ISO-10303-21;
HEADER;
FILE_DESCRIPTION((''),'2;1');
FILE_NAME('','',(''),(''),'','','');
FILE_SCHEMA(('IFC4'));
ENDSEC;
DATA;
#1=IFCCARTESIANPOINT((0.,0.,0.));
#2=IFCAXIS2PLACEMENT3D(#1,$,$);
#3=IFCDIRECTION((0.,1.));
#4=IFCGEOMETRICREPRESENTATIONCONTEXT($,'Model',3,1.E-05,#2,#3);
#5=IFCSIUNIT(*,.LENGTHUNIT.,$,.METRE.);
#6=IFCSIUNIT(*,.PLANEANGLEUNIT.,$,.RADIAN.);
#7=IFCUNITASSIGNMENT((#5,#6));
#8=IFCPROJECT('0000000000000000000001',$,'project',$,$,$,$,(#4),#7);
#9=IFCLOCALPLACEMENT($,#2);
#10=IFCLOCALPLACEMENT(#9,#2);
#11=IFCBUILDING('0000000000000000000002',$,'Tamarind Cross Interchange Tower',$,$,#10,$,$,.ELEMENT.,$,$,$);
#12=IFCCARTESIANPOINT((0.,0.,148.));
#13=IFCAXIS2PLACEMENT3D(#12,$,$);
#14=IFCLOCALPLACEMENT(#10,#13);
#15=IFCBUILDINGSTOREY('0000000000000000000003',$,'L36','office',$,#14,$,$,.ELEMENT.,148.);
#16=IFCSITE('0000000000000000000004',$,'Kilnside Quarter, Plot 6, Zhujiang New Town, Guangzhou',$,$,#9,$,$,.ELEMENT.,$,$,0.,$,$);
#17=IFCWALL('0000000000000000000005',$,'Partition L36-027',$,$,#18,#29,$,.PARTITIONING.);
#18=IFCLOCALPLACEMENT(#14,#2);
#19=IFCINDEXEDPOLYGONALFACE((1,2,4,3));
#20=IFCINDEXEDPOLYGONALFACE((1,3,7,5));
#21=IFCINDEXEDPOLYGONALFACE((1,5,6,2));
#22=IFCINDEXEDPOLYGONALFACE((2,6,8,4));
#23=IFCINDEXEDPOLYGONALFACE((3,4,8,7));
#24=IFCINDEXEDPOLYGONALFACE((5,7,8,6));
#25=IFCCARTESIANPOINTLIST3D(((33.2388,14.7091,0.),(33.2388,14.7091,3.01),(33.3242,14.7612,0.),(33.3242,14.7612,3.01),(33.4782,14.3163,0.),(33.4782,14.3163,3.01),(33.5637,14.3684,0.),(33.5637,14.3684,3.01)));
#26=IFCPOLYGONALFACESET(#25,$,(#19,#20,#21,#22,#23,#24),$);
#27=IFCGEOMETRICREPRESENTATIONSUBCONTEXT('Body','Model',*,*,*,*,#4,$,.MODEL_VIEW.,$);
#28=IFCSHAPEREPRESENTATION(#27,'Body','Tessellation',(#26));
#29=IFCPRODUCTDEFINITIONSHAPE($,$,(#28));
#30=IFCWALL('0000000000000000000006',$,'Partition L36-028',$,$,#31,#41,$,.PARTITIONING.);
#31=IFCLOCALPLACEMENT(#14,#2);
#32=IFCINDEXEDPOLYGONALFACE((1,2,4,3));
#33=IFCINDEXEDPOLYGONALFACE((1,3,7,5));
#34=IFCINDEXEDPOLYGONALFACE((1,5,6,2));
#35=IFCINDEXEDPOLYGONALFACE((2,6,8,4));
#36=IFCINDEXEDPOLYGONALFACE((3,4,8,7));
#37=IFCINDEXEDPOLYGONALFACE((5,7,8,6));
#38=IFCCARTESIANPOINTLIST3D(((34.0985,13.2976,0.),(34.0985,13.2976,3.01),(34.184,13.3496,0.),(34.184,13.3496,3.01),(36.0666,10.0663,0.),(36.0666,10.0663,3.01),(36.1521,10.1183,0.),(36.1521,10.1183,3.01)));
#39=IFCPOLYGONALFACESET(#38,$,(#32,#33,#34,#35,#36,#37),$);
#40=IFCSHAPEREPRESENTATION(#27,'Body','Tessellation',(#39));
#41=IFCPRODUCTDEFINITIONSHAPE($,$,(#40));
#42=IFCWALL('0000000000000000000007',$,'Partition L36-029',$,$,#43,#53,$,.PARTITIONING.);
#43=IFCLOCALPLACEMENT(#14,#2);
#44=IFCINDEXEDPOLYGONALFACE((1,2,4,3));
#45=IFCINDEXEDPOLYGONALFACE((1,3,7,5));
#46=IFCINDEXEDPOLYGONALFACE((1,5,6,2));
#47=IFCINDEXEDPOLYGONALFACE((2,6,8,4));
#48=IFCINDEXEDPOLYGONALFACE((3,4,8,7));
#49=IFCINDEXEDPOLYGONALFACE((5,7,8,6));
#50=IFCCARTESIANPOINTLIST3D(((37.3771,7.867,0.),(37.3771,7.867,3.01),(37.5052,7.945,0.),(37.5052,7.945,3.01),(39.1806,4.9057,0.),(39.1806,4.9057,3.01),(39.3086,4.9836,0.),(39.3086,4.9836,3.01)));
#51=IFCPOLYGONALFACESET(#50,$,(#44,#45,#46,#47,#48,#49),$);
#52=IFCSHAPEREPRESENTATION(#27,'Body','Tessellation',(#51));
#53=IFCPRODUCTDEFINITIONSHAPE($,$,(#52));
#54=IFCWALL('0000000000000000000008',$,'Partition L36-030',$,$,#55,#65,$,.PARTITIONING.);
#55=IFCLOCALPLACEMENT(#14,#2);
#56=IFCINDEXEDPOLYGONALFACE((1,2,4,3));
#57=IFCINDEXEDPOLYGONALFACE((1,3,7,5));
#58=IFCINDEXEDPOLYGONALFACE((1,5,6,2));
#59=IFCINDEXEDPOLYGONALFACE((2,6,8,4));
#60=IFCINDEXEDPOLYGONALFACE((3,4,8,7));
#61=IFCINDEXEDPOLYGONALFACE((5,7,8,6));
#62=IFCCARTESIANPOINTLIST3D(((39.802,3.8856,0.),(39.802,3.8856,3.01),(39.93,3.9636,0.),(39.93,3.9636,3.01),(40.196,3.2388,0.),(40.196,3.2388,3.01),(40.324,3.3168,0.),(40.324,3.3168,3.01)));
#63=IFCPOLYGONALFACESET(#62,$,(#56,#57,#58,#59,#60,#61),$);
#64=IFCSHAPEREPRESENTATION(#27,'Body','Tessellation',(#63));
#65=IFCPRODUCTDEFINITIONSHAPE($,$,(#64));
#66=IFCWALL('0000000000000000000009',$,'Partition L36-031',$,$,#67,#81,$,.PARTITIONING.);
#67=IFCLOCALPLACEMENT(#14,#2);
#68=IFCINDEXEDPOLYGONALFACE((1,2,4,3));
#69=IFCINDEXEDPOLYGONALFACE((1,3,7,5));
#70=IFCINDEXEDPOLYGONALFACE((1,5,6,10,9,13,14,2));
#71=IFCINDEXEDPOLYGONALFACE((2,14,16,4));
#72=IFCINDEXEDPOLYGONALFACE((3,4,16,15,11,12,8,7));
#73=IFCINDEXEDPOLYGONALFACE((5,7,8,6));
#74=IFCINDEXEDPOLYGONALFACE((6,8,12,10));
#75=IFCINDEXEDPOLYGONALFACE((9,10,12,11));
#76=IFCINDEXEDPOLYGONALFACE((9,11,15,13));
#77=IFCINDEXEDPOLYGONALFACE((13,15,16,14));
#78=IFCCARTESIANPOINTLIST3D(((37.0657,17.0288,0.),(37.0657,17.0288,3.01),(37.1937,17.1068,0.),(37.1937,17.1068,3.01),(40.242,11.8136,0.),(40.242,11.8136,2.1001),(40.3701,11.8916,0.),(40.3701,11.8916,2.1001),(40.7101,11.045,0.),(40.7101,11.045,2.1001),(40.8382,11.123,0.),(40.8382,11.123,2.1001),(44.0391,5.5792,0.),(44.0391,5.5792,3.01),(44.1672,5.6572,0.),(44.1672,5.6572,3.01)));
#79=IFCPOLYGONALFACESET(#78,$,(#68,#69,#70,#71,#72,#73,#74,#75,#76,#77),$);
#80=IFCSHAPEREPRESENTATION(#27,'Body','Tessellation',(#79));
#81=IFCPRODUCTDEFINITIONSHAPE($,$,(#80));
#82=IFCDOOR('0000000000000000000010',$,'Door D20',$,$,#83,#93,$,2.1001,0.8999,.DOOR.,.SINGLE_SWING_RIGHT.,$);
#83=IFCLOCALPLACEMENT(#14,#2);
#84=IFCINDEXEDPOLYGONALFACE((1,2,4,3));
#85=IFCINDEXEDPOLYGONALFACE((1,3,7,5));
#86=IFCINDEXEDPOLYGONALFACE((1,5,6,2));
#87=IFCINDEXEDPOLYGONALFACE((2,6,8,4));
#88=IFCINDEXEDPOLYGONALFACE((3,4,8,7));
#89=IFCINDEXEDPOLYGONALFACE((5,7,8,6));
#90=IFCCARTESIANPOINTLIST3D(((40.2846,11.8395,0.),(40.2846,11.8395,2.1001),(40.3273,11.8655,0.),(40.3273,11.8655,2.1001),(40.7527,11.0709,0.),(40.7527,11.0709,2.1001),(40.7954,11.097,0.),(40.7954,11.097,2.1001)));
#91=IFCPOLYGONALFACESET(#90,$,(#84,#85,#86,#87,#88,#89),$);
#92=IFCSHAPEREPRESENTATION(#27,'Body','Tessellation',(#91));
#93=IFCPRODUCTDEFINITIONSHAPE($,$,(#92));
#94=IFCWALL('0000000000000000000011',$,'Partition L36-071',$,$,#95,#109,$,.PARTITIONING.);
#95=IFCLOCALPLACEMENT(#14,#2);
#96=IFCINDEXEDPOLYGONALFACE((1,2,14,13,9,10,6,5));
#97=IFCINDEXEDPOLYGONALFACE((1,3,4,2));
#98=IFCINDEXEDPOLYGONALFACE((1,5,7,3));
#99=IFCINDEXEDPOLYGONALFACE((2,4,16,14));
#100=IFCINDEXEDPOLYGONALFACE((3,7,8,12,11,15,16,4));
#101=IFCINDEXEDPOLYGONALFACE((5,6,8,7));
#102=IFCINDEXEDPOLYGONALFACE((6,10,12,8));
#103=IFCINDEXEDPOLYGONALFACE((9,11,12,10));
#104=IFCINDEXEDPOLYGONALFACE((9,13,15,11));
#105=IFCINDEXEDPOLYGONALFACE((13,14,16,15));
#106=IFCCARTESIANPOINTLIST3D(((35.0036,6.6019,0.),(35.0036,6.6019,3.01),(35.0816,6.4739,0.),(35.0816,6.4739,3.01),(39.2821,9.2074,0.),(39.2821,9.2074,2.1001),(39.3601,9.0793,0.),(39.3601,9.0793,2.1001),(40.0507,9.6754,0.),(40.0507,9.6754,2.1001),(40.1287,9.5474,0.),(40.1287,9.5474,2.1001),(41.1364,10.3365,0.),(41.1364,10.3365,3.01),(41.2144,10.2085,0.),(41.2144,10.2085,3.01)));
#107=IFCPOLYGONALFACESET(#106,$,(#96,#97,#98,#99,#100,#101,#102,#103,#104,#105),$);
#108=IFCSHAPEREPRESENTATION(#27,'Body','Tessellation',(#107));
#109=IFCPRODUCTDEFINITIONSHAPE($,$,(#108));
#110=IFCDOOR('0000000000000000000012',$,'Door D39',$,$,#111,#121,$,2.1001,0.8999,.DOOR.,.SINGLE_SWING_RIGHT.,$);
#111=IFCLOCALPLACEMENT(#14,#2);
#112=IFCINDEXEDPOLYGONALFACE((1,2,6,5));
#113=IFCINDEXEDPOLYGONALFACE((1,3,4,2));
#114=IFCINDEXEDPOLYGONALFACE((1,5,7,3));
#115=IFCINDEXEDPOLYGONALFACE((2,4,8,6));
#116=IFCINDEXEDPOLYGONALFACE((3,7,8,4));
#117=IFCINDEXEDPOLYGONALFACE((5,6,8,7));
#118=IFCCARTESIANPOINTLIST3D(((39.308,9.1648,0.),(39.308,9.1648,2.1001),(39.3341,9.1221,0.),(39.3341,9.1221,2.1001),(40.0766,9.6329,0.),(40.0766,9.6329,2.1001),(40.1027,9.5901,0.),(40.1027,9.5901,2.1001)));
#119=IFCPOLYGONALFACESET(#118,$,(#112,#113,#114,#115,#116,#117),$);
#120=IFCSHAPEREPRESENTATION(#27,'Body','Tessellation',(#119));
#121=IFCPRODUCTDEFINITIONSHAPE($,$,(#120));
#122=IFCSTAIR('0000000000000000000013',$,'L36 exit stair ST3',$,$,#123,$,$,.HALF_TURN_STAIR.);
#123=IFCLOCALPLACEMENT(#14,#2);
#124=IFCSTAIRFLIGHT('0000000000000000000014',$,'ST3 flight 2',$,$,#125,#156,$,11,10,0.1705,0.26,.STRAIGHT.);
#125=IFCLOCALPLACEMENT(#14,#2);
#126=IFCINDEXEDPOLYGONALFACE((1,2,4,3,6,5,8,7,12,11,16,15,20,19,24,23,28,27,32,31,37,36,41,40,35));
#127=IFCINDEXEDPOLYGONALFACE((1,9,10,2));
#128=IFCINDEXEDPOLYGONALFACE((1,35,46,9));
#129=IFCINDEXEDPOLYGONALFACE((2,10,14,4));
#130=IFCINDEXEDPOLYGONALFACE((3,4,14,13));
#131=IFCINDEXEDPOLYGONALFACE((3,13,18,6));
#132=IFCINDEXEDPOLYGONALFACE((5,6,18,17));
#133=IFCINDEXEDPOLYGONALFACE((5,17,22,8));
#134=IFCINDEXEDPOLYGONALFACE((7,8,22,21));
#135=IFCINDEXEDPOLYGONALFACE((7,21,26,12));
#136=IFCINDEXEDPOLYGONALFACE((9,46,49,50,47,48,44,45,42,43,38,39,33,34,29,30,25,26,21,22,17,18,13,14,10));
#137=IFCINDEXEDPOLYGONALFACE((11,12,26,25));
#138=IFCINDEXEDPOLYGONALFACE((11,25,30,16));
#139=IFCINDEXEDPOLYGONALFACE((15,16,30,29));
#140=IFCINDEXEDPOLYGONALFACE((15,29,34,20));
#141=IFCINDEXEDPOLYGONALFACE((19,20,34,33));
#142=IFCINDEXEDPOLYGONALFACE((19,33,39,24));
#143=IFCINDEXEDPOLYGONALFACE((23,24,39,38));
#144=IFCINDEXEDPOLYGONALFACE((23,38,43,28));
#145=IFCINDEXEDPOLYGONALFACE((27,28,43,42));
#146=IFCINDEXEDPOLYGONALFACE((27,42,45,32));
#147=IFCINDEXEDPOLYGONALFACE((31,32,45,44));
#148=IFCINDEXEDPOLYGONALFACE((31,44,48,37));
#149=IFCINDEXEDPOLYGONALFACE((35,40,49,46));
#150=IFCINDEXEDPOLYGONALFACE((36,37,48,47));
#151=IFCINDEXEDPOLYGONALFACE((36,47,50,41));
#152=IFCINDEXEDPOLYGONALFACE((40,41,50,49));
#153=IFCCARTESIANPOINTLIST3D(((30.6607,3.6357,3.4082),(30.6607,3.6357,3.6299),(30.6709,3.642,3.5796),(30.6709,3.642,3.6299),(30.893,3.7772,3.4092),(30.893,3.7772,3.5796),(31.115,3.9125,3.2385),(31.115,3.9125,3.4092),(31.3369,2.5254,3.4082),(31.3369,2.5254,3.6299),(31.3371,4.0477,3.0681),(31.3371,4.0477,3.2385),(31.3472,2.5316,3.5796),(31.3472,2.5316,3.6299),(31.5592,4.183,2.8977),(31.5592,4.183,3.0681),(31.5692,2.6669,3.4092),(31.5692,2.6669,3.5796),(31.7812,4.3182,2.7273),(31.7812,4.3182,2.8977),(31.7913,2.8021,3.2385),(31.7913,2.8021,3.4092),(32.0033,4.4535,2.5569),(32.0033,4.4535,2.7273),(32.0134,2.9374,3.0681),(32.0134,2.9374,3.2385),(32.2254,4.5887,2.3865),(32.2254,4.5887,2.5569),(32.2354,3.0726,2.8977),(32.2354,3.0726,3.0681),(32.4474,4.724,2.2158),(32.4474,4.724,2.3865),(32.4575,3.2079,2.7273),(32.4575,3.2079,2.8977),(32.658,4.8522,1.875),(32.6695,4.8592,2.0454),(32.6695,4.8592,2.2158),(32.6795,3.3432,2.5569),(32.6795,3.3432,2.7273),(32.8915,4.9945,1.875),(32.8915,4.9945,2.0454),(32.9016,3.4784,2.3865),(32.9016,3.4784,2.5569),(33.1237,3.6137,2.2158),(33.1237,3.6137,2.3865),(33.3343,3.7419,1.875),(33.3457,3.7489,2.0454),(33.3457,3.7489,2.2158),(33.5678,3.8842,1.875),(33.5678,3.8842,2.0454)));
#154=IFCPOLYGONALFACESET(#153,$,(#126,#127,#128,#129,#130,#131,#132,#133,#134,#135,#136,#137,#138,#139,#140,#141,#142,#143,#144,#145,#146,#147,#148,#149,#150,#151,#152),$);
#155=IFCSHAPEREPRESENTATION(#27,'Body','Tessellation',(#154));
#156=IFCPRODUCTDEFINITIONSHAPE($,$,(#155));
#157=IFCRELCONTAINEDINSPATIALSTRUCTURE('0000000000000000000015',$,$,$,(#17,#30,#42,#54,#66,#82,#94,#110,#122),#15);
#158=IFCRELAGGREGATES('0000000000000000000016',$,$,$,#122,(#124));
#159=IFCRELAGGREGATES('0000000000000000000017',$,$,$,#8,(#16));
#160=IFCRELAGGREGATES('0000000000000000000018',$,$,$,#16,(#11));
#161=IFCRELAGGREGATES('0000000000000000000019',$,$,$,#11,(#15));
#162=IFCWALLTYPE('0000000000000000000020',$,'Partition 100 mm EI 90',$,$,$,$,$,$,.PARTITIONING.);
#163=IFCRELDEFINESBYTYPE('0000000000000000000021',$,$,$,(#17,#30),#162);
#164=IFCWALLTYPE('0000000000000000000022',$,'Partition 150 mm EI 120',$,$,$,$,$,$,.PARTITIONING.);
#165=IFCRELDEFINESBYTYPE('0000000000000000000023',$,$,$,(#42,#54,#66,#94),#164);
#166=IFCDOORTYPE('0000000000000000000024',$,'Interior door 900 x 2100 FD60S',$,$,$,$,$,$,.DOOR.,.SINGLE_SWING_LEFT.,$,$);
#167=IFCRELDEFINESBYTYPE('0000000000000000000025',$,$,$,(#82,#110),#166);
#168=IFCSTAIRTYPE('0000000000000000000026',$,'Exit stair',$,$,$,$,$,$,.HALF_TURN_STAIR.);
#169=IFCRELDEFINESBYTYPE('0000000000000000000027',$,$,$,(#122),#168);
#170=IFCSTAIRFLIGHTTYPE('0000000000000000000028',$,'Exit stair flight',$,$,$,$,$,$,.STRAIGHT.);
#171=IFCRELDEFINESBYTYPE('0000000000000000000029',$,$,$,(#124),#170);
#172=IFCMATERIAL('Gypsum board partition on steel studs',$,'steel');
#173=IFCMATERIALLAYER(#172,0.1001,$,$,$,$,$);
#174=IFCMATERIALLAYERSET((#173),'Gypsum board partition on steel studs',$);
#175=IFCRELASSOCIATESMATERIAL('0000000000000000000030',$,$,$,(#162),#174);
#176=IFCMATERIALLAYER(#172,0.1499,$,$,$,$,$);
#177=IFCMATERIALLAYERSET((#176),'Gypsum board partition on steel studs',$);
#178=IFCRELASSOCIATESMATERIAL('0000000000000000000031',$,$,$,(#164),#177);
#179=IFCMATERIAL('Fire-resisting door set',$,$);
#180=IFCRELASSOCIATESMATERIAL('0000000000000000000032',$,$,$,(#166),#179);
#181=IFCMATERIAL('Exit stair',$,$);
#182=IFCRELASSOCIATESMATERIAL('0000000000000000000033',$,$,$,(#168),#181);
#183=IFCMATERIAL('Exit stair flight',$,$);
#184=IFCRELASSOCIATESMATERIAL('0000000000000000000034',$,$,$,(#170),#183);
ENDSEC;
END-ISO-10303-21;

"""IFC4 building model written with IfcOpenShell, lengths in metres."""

from ifc_helpers import new_model, si_unit, direction, frame, frame_2d, origin, place, context, subcontext, project, spatial, polyline, rectangle, outline, extrude, material, layer, layer_set, type_object, element, fill, aggregate, save


model = new_model("IFC4")

# Units and contexts
model_context = context("Model", 3, precision=1e-05, world=origin(), true_north=direction((0.0, 1.0)))
body_context = subcontext(model_context, "Body", "Model", "MODEL_VIEW")
ifc_project = project(units=[si_unit("LENGTHUNIT", "METRE"), si_unit("PLANEANGLEUNIT", "RADIAN")], contexts=[model_context])

# Site, building, storey
site_placement = place(None, origin())
site = spatial("IfcSite", under=ifc_project, at=site_placement, Name="Kilnside Quarter, Plot 6, Zhujiang New Town, Guangzhou", CompositionType="ELEMENT", RefElevation=0.0)
building_placement = place(site_placement, origin())
building = spatial("IfcBuilding", under=site, at=building_placement, Name="Tamarind Cross Interchange Tower", CompositionType="ELEMENT")
storey_placement = place(building_placement, frame((0.0, 0.0, 148.0)))
storey = spatial("IfcBuildingStorey", under=building, at=storey_placement, Name="L36", Description="office", CompositionType="ELEMENT", Elevation=148.0)

# Walls
ifc_material_1 = material(Name="Gypsum board partition on steel studs", Category="steel")
ifc_layer_1 = layer(ifc_material_1, 0.1001)
ifc_layer_set_1 = layer_set([ifc_layer_1], Name="Gypsum board partition on steel studs")
wall_type_1 = type_object("IfcWallType", Name="Partition 100 mm EI 90", PredefinedType="PARTITIONING", material=ifc_layer_set_1)
wall_1_placement = place(storey_placement, frame((33.2815, 14.7351, 0.0), z_axis=(0.0, 0.0, 1.0), x_axis=(0.52057, -0.853819, 0.0)))
element("IfcWall", 1, at=wall_1_placement, inside=storey, type_object=wall_type_1, Name="Partition L36-027", PredefinedType="PARTITIONING", context=body_context, shape_type="SweptSolid", body=[
    extrude(rectangle(XDim=0.46, YDim=0.1001, at=frame_2d((0.23, 0.0))), origin(), (0.0, 0.0, 1.0), 3.01),
])
wall_2_placement = place(storey_placement, frame((34.1414, 13.3235, 0.0), z_axis=(0.0, 0.0, 1.0), x_axis=(0.520178, -0.854058, 0.0)))
element("IfcWall", 2, at=wall_2_placement, inside=storey, type_object=wall_type_1, Name="Partition L36-028", PredefinedType="PARTITIONING", context=body_context, shape_type="SweptSolid", body=[
    extrude(rectangle(XDim=3.7834, YDim=0.1001, at=frame_2d((1.8916, 0.0))), origin(), (0.0, 0.0, 1.0), 3.01),
])
ifc_layer_2 = layer(ifc_material_1, 0.1499)
ifc_layer_set_2 = layer_set([ifc_layer_2], Name="Gypsum board partition on steel studs")
wall_type_2 = type_object("IfcWallType", Name="Partition 150 mm EI 120", PredefinedType="PARTITIONING", material=ifc_layer_set_2)
wall_3_placement = place(storey_placement, frame((37.4412, 7.906, 0.0), z_axis=(0.0, 0.0, 1.0), x_axis=(0.520128, -0.854088, 0.0)))
element("IfcWall", 3, at=wall_3_placement, inside=storey, type_object=wall_type_2, Name="Partition L36-029", PredefinedType="PARTITIONING", context=body_context, shape_type="SweptSolid", body=[
    extrude(rectangle(XDim=3.4673, YDim=0.1499, at=frame_2d((1.7336, 0.0))), origin(), (0.0, 0.0, 1.0), 3.01),
])
wall_4_placement = place(storey_placement, frame((39.866, 3.9246, 0.0), z_axis=(0.0, 0.0, 1.0), x_axis=(0.520315, -0.853974, 0.0)))
element("IfcWall", 4, at=wall_4_placement, inside=storey, type_object=wall_type_2, Name="Partition L36-030", PredefinedType="PARTITIONING", context=body_context, shape_type="SweptSolid", body=[
    extrude(rectangle(XDim=0.7573, YDim=0.1499, at=frame_2d((0.3787, 0.0))), origin(), (0.0, 0.0, 1.0), 3.01),
])

# Walls, openings, doors
wall_5_placement = place(storey_placement, frame((37.1296, 17.0679, 0.0), z_axis=(0.0, 0.0, 1.0), x_axis=(0.520173, -0.854061, 0.0)))
wall_5 = element("IfcWall", 5, at=wall_5_placement, inside=storey, type_object=wall_type_2, Name="Partition L36-031", PredefinedType="PARTITIONING", context=body_context, shape_type="SweptSolid", body=[
    extrude(rectangle(XDim=13.406, YDim=0.1499, at=frame_2d((6.7031, 0.0))), origin(), (0.0, 0.0, 1.0), 3.01),
])
opening_1_placement = place(wall_5_placement, frame((6.1064, 0.0, 0.0)))
opening_1 = element("IfcOpeningElement", 6, at=opening_1_placement, cuts=wall_5, PredefinedType="OPENING", context=body_context, shape_type="SweptSolid", body=[
    extrude(rectangle(XDim=0.8999, YDim=2.1001, at=frame_2d((0.45, 1.05))), frame((0.0, 0.085, 0.0), z_axis=(0.0, -1.0, 0.0), x_axis=(1.0, 0.0, 0.0)), (0.0, 0.0, 1.0), 0.1699),
])
ifc_material_2 = material(Name="Fire-resisting door set")
door_type = type_object("IfcDoorType", Name="Interior door 900 x 2100 FD60S", OperationType="SINGLE_SWING_LEFT", PredefinedType="DOOR", material=ifc_material_2)
door_1_placement = place(opening_1_placement, origin())
door_1 = element("IfcDoor", 7, at=door_1_placement, inside=storey, type_object=door_type, Name="Door D20", OperationType="SINGLE_SWING_RIGHT", OverallHeight=2.1001, OverallWidth=0.8999, PredefinedType="DOOR", context=body_context, shape_type="SweptSolid", body=[
    extrude(rectangle(XDim=0.8999, YDim=2.1001, at=frame_2d((0.45, 1.05))), frame((0.0, 0.0249, 0.0), z_axis=(0.0, -1.0, 0.0), x_axis=(1.0, 0.0, 0.0)), (0.0, 0.0, 1.0), 0.05),
])
fill(opening_1, door_1)
wall_6_placement = place(storey_placement, frame((35.0425, 6.5378, 0.0), z_axis=(0.0, 0.0, 1.0), x_axis=(0.854099, 0.52011, 0.0)))
wall_6 = element("IfcWall", 8, at=wall_6_placement, inside=storey, type_object=wall_type_2, Name="Partition L36-071", PredefinedType="PARTITIONING", context=body_context, shape_type="SweptSolid", body=[
    extrude(rectangle(XDim=7.1804, YDim=0.1499, at=frame_2d((3.5903, 0.0))), origin(), (0.0, 0.0, 1.0), 3.01),
])
opening_2_placement = place(wall_6_placement, frame((5.0095, 0.0, 0.0)))
opening_2 = element("IfcOpeningElement", 9, at=opening_2_placement, cuts=wall_6, PredefinedType="OPENING", context=body_context, shape_type="SweptSolid", body=[
    extrude(rectangle(XDim=0.8999, YDim=2.1001, at=frame_2d((0.45, 1.05))), frame((0.0, 0.085, 0.0), z_axis=(0.0, -1.0, 0.0), x_axis=(1.0, 0.0, 0.0)), (0.0, 0.0, 1.0), 0.1699),
])
door_2_placement = place(opening_2_placement, frame((0.8999, 0.0, 0.0), z_axis=(0.0, 0.0, 1.0), x_axis=(-1.0, 0.0, 0.0)))
door_2 = element("IfcDoor", 10, at=door_2_placement, inside=storey, type_object=door_type, Name="Door D39", OperationType="SINGLE_SWING_RIGHT", OverallHeight=2.1001, OverallWidth=0.8999, PredefinedType="DOOR", context=body_context, shape_type="SweptSolid", body=[
    extrude(rectangle(XDim=0.8999, YDim=2.1001, at=frame_2d((0.45, 1.05))), frame((0.0, 0.0249, 0.0), z_axis=(0.0, -1.0, 0.0), x_axis=(1.0, 0.0, 0.0)), (0.0, 0.0, 1.0), 0.05),
])
fill(opening_2, door_2)

# Stair, stair flight
ifc_material_3 = material(Name="Exit stair")
stair_type = type_object("IfcStairType", Name="Exit stair", PredefinedType="HALF_TURN_STAIR", material=ifc_material_3)
stair_placement = place(storey_placement, origin())
stair = element("IfcStair", 11, at=stair_placement, inside=storey, type_object=stair_type, Name="L36 exit stair ST3", PredefinedType="HALF_TURN_STAIR")
ifc_material_4 = material(Name="Exit stair flight")
stair_flight_type = type_object("IfcStairFlightType", Name="Exit stair flight", PredefinedType="STRAIGHT", material=ifc_material_4)
stair_flight_placement = place(storey_placement, frame((33.2297, 4.4392, 1.875), z_axis=(0.0, 0.0, 1.0), x_axis=(-0.85406, -0.520175, 0.0)))
stair_flight = element("IfcStairFlight", 12, at=stair_flight_placement, type_object=stair_flight_type, Name="ST3 flight 2", NumberOfRisers=11, NumberOfTreads=10, PredefinedType="STRAIGHT", RiserHeight=0.1705, TreadLength=0.26, context=body_context, shape_type="SweptSolid", body=[
    extrude(outline(polyline([(0.0, 0.0), (0.0, 0.1704), (0.26, 0.1704), (0.26, 0.3408), (0.52, 0.3408), (0.52, 0.5115), (0.78, 0.5115), (0.78, 0.6819), (1.04, 0.6819), (1.04, 0.8523), (1.3, 0.8523), (1.3, 1.0227), (1.5601, 1.0227), (1.5601, 1.1931), (1.8201, 1.1931), (1.8201, 1.3635), (2.0801, 1.3635), (2.0801, 1.5342), (2.3401, 1.5342), (2.3401, 1.7046), (2.6001, 1.7046), (2.6001, 1.7549), (2.6121, 1.7549), (2.6121, 1.5332), (0.2734, 0.0), (0.0, 0.0)])), frame((0.0, 0.6499, 0.0), z_axis=(0.0, -1.0, 0.0), x_axis=(1.0, 0.0, 0.0)), (0.0, 0.0, 1.0), 1.3),
])
aggregate(stair, [stair_flight])

save(model, "model.ifc")
